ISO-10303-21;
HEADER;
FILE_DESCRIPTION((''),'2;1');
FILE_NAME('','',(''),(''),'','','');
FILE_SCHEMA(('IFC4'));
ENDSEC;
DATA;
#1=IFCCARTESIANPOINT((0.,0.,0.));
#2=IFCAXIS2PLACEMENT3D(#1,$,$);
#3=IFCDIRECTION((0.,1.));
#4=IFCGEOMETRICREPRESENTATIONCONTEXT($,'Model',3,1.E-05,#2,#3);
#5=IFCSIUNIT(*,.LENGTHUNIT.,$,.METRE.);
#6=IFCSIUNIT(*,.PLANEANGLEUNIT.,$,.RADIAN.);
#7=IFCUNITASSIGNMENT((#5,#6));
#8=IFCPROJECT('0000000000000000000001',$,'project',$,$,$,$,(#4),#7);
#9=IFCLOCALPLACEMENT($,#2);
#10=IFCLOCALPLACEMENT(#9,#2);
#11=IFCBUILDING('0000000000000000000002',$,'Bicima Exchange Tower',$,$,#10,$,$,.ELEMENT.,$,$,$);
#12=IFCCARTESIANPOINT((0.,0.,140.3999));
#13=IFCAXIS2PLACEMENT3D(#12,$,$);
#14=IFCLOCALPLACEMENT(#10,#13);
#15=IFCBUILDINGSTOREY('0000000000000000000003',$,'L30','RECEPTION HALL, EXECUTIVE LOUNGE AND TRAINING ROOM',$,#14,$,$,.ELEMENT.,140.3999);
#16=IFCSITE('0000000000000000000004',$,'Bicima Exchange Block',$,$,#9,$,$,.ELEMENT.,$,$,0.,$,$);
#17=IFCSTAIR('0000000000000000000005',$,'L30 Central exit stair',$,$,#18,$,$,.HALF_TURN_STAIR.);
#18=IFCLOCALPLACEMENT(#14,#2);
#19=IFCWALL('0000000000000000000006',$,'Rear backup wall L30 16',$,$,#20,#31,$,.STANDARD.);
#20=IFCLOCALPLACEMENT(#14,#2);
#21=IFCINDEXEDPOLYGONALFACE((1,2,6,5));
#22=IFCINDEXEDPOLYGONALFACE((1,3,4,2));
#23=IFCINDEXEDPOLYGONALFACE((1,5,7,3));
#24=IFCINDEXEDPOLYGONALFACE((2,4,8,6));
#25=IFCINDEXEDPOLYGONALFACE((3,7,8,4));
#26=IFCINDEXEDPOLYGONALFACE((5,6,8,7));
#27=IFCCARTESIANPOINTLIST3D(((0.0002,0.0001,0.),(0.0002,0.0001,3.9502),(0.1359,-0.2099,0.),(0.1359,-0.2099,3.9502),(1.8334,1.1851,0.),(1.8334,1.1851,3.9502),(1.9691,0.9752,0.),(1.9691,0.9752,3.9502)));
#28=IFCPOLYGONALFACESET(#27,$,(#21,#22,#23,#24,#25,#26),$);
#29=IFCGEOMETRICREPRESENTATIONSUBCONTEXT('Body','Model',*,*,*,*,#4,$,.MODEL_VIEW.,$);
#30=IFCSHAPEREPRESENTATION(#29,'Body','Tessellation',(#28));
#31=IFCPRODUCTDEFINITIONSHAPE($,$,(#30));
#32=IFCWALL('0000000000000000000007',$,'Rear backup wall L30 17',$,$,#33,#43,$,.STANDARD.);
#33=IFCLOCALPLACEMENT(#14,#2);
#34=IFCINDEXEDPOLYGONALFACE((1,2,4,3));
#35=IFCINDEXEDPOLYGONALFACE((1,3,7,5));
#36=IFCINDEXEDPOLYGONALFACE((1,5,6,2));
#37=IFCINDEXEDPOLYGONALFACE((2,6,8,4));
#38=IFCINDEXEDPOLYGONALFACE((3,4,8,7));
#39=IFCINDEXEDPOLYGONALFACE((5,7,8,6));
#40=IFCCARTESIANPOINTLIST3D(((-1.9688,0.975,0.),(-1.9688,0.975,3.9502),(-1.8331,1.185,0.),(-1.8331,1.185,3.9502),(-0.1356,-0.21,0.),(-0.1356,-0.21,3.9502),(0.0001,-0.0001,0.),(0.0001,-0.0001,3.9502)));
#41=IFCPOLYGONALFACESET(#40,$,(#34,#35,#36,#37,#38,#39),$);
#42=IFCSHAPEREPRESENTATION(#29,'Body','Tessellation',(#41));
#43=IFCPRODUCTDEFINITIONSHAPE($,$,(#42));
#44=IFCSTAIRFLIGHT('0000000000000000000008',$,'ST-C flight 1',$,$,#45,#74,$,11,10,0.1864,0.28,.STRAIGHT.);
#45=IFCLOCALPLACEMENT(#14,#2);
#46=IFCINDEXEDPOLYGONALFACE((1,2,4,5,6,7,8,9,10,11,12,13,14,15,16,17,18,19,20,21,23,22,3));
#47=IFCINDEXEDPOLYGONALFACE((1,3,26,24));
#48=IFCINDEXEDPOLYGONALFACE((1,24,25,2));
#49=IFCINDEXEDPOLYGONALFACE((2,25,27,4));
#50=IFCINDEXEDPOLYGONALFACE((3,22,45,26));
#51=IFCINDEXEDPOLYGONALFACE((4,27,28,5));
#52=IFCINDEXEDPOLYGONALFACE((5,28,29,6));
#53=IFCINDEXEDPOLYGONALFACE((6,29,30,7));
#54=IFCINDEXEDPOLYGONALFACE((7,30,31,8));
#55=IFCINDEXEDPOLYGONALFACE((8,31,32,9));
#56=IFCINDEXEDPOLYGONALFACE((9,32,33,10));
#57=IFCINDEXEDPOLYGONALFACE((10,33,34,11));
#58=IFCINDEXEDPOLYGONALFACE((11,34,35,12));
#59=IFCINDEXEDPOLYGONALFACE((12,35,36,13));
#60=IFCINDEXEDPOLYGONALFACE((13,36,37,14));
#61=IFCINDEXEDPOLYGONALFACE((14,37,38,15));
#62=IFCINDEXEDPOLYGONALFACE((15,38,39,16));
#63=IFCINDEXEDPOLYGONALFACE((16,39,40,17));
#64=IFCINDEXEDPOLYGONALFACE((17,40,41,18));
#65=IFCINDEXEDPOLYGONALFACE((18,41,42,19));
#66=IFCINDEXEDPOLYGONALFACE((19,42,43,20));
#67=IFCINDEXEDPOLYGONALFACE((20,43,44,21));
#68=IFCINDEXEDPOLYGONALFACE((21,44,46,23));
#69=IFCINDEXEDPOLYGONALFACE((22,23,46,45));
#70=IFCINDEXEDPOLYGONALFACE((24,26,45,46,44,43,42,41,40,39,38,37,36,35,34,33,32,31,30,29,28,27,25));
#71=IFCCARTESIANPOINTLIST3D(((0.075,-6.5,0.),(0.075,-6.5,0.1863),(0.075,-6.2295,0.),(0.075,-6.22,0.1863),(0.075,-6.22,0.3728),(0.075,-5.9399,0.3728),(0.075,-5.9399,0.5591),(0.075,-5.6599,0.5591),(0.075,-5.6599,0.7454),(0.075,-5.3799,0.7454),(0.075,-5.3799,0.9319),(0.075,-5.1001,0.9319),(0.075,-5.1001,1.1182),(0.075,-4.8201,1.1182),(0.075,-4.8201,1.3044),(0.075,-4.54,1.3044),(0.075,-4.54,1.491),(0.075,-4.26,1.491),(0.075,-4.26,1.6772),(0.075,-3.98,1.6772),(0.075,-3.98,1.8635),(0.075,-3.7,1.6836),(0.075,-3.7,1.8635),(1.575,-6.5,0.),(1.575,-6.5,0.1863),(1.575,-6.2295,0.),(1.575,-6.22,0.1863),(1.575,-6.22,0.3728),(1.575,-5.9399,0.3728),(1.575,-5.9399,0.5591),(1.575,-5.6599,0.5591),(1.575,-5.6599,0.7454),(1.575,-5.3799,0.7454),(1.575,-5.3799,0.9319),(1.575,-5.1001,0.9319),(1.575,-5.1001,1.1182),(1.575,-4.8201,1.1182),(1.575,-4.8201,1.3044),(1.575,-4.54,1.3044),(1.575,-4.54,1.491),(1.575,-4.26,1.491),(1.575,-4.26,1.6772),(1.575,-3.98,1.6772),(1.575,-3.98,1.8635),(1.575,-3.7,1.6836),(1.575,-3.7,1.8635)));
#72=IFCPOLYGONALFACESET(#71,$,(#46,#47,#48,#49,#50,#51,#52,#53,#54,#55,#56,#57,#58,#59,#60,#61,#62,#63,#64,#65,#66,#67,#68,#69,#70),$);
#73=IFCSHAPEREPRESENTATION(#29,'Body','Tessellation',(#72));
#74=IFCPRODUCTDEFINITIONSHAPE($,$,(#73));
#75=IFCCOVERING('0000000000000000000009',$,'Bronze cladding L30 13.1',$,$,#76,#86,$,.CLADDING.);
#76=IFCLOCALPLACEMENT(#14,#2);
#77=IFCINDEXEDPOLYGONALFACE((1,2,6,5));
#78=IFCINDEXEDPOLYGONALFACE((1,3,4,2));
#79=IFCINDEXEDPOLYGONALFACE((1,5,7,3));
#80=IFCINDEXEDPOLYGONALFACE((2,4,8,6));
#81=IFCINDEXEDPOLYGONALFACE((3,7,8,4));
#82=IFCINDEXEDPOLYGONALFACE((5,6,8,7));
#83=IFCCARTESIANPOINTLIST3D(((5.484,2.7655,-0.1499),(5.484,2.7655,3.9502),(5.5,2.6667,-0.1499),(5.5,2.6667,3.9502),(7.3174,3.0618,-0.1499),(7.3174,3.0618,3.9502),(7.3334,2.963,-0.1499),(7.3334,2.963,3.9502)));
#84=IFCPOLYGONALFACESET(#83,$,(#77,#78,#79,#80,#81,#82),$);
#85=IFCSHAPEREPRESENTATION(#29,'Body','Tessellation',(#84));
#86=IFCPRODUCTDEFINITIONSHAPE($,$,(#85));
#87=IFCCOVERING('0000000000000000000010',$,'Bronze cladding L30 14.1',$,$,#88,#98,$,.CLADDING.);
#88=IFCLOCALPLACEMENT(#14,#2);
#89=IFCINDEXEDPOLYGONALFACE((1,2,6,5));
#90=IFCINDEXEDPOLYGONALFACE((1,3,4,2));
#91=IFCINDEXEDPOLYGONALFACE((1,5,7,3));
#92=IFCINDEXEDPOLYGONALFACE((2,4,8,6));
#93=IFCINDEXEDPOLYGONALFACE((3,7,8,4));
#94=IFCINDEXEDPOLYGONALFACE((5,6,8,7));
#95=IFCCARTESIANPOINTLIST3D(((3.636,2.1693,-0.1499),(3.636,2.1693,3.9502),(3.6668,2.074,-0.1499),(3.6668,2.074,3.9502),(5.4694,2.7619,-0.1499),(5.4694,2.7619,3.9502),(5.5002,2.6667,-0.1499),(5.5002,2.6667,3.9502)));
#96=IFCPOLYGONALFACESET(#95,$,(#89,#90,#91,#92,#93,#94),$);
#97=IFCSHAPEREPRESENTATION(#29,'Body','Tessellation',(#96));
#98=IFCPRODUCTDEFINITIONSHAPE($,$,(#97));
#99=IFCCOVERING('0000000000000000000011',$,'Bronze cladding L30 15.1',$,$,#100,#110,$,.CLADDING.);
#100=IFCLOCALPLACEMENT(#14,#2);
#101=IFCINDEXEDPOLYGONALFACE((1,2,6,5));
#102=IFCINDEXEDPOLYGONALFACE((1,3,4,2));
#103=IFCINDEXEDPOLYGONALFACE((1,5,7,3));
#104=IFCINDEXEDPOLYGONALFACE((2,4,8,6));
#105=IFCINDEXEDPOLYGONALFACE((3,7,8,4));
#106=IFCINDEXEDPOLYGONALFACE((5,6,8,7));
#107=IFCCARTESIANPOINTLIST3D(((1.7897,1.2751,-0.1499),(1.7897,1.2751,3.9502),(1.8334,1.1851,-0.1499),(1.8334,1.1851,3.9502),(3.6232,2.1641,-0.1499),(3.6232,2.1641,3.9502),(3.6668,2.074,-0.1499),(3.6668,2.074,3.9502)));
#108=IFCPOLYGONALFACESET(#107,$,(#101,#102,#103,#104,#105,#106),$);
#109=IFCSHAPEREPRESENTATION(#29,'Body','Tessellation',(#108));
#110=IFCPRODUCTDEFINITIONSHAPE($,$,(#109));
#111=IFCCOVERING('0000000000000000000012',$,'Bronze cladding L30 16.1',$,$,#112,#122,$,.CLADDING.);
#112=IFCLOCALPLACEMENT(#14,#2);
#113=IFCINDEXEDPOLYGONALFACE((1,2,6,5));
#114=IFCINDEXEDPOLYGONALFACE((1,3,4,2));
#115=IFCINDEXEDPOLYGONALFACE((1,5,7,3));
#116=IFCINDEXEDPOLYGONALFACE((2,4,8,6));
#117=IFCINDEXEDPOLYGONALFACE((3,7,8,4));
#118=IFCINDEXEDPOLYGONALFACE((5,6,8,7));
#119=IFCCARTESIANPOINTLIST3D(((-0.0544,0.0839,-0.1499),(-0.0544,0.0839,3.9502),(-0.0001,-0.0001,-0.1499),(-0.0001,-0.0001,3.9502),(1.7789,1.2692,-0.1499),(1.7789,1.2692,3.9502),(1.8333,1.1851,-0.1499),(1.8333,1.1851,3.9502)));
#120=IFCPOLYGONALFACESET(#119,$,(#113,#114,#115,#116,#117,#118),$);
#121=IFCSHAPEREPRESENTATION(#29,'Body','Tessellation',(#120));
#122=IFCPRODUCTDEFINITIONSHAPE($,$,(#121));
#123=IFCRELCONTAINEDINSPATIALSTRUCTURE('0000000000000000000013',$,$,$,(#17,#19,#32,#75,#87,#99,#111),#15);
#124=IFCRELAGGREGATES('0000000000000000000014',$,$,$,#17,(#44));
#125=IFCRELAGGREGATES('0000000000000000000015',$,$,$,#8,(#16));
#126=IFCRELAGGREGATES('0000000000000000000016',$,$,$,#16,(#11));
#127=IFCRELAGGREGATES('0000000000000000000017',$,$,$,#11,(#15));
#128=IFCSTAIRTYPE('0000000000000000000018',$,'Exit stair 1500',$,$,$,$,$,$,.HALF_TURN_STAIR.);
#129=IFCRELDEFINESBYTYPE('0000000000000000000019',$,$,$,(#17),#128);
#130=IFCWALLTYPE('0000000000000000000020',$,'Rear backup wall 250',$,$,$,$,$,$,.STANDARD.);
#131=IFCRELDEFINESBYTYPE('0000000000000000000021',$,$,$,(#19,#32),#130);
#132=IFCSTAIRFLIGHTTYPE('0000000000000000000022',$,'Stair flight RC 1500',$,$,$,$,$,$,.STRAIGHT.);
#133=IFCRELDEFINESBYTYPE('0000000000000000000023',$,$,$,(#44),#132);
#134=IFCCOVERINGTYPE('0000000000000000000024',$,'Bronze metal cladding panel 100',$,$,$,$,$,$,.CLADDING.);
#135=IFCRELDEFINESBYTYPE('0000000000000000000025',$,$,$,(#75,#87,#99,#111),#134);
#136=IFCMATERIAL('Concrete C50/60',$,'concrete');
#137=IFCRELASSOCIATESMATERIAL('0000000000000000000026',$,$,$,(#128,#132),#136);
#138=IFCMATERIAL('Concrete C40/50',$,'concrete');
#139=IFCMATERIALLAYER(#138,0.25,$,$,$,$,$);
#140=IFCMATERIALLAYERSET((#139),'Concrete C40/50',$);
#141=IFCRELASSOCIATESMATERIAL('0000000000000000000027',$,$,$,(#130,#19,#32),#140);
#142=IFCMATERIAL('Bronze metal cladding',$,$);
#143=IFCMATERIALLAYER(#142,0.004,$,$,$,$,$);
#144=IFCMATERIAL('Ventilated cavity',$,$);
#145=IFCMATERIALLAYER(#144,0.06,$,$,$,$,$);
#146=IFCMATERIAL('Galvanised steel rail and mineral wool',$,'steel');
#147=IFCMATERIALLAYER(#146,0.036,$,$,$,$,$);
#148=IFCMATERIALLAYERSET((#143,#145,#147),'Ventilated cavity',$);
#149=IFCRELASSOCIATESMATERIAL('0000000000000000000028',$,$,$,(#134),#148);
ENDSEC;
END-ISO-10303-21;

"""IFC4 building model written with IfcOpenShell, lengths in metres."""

from ifc_helpers import new_model, si_unit, direction, frame, frame_2d, origin, origin_2d, place, context, subcontext, project, spatial, polyline, rectangle, outline, extrude, material, layer, layer_set, layer_usage, type_object, element, aggregate, save


model = new_model("IFC4")

# Units and contexts
model_context = context("Model", 3, precision=1e-05, world=origin(), true_north=direction((0.0, 1.0)))
body_context = subcontext(model_context, "Body", "Model", "MODEL_VIEW")
ifc_project = project(units=[si_unit("LENGTHUNIT", "METRE"), si_unit("PLANEANGLEUNIT", "RADIAN")], contexts=[model_context])

# Site, building, storey
site_placement = place(None, origin())
site = spatial("IfcSite", under=ifc_project, at=site_placement, Name="Bicima Exchange Block", CompositionType="ELEMENT", RefElevation=0.0)
building_placement = place(site_placement, origin())
building = spatial("IfcBuilding", under=site, at=building_placement, Name="Bicima Exchange Tower", CompositionType="ELEMENT")
storey_placement = place(building_placement, frame((0.0, 0.0, 140.3999)))
storey = spatial("IfcBuildingStorey", under=building, at=storey_placement, Name="L30", Description="RECEPTION HALL, EXECUTIVE LOUNGE AND TRAINING ROOM", CompositionType="ELEMENT", Elevation=140.3999)

# Shared definitions
ifc_material_1 = material(Name="Concrete C40/50", Category="concrete")

# Stair
ifc_material_2 = material(Name="Concrete C50/60", Category="concrete")
stair_type_1 = type_object("IfcStairType", Name="Exit stair 1500", PredefinedType="HALF_TURN_STAIR", material=ifc_material_2)
stair_1_placement = place(storey_placement, origin())
stair_1 = element("IfcStair", 1, at=stair_1_placement, inside=storey, type_object=stair_type_1, Name="L30 Central exit stair", PredefinedType="HALF_TURN_STAIR")

# Walls
ifc_layer_1 = layer(ifc_material_1, 0.25)
ifc_layer_set_1 = layer_set([ifc_layer_1], Name="Concrete C40/50")
ifc_layer_usage = layer_usage(ifc_layer_set_1, "AXIS2", "POSITIVE", -0.125)
wall_type_1 = type_object("IfcWallType", Name="Rear backup wall 250", PredefinedType="STANDARD", material=ifc_layer_set_1)
for number, where, z_axis, x_axis, name in (
    (2, (1.9011, 1.0801, 0.0), (0.0, 0.0, 1.0), (-0.839813, -0.542876, 0.0), "Rear backup wall L30 16"),
    (3, (-0.0679, -0.105, 0.0), (0.0, 0.0, 1.0), (-0.839813, 0.542876, 0.0), "Rear backup wall L30 17"),
):
    element("IfcWall", number, at=place(storey_placement, frame(where, z_axis=z_axis, x_axis=x_axis)), inside=storey, type_object=wall_type_1, material=ifc_layer_usage, Name=name, PredefinedType="STANDARD", context=body_context, shape_type="SweptSolid", body=[
        extrude(rectangle(XDim=2.1829, YDim=0.25, at=frame_2d((1.0913, 0.0))), origin(), (0.0, 0.0, 1.0), 3.9502),
    ])

# Stair flight
stair_flight_type = type_object("IfcStairFlightType", Name="Stair flight RC 1500", PredefinedType="STRAIGHT", material=ifc_material_2)
stair_flight_placement = place(storey_placement, frame((0.825, -6.5, 0.0), z_axis=(0.0, 0.0, 1.0), x_axis=(0.0, 1.0, 0.0)))
stair_flight = element("IfcStairFlight", 4, at=stair_flight_placement, type_object=stair_flight_type, Name="ST-C flight 1", NumberOfRisers=11, NumberOfTreads=10, PredefinedType="STRAIGHT", RiserHeight=0.1864, TreadLength=0.28, context=body_context, shape_type="SweptSolid", body=[
    extrude(outline(polyline([(0.0, 0.0), (0.0, 0.1863), (0.28, 0.1863), (0.28, 0.3728), (0.5601, 0.3728), (0.5601, 0.5591), (0.8401, 0.5591), (0.8401, 0.7454), (1.1201, 0.7454), (1.1201, 0.9319), (1.3999, 0.9319), (1.3999, 1.1182), (1.6799, 1.1182), (1.6799, 1.3044), (1.96, 1.3044), (1.96, 1.491), (2.24, 1.491), (2.24, 1.6772), (2.52, 1.6772), (2.52, 1.8635), (2.8, 1.8635), (2.8, 2.05), (2.8, 1.6836), (0.2705, 0.0), (0.0, 0.0)])), frame((0.0, 0.75, 0.0), z_axis=(0.0, -1.0, 0.0), x_axis=(1.0, 0.0, 0.0)), (0.0, 0.0, 1.0), 1.5),
])
aggregate(stair_1, [stair_flight])

# Coverings
ifc_material_3 = material(Name="Bronze metal cladding")
ifc_layer_2 = layer(ifc_material_3, 0.004)
ifc_material_4 = material(Name="Ventilated cavity")
ifc_layer_3 = layer(ifc_material_4, 0.06)
ifc_material_5 = material(Name="Galvanised steel rail and mineral wool", Category="steel")
ifc_layer_4 = layer(ifc_material_5, 0.036)
ifc_layer_set_2 = layer_set([ifc_layer_2, ifc_layer_3, ifc_layer_4], Name="Ventilated cavity")
covering_type = type_object("IfcCoveringType", Name="Bronze metal cladding panel 100", PredefinedType="CLADDING", material=ifc_layer_set_2)
covering_1_placement = place(storey_placement, frame((6.4087, 2.8643, -0.1499), z_axis=(0.0, 0.0, 1.0), x_axis=(-0.98719, -0.15955, 0.0)))
element("IfcCovering", 5, at=covering_1_placement, inside=storey, type_object=covering_type, Name="Bronze cladding L30 13.1", PredefinedType="CLADDING", context=body_context, shape_type="SweptSolid", body=[
    extrude(rectangle(XDim=1.8572, YDim=0.1001, at=origin_2d()), origin(), (0.0, 0.0, 1.0), 4.1001),
])
covering_2_placement = place(storey_placement, frame((4.5681, 2.418, -0.1499), z_axis=(0.0, 0.0, 1.0), x_axis=(-0.951525, -0.307573, 0.0)))
element("IfcCovering", 6, at=covering_2_placement, inside=storey, type_object=covering_type, Name="Bronze cladding L30 14.1", PredefinedType="CLADDING", context=body_context, shape_type="SweptSolid", body=[
    extrude(rectangle(XDim=1.9268, YDim=0.1001, at=origin_2d()), origin(), (0.0, 0.0, 1.0), 4.1001),
])
covering_3_placement = place(storey_placement, frame((2.7283, 1.6746, -0.1499), z_axis=(0.0, 0.0, 1.0), x_axis=(-0.899818, -0.436265, 0.0)))
element("IfcCovering", 7, at=covering_3_placement, inside=storey, type_object=covering_type, Name="Bronze cladding L30 15.1", PredefinedType="CLADDING", context=body_context, shape_type="SweptSolid", body=[
    extrude(rectangle(XDim=2.0376, YDim=0.1001, at=origin_2d()), origin(), (0.0, 0.0, 1.0), 4.1001),
])
covering_4_placement = place(storey_placement, frame((0.8894, 0.6345, -0.1499), z_axis=(0.0, 0.0, 1.0), x_axis=(-0.83979, -0.542911, 0.0)))
element("IfcCovering", 8, at=covering_4_placement, inside=storey, type_object=covering_type, Name="Bronze cladding L30 16.1", PredefinedType="CLADDING", context=body_context, shape_type="SweptSolid", body=[
    extrude(rectangle(XDim=2.1831, YDim=0.1001, at=origin_2d()), origin(), (0.0, 0.0, 1.0), 4.1001),
])

save(model, "model.ifc")
